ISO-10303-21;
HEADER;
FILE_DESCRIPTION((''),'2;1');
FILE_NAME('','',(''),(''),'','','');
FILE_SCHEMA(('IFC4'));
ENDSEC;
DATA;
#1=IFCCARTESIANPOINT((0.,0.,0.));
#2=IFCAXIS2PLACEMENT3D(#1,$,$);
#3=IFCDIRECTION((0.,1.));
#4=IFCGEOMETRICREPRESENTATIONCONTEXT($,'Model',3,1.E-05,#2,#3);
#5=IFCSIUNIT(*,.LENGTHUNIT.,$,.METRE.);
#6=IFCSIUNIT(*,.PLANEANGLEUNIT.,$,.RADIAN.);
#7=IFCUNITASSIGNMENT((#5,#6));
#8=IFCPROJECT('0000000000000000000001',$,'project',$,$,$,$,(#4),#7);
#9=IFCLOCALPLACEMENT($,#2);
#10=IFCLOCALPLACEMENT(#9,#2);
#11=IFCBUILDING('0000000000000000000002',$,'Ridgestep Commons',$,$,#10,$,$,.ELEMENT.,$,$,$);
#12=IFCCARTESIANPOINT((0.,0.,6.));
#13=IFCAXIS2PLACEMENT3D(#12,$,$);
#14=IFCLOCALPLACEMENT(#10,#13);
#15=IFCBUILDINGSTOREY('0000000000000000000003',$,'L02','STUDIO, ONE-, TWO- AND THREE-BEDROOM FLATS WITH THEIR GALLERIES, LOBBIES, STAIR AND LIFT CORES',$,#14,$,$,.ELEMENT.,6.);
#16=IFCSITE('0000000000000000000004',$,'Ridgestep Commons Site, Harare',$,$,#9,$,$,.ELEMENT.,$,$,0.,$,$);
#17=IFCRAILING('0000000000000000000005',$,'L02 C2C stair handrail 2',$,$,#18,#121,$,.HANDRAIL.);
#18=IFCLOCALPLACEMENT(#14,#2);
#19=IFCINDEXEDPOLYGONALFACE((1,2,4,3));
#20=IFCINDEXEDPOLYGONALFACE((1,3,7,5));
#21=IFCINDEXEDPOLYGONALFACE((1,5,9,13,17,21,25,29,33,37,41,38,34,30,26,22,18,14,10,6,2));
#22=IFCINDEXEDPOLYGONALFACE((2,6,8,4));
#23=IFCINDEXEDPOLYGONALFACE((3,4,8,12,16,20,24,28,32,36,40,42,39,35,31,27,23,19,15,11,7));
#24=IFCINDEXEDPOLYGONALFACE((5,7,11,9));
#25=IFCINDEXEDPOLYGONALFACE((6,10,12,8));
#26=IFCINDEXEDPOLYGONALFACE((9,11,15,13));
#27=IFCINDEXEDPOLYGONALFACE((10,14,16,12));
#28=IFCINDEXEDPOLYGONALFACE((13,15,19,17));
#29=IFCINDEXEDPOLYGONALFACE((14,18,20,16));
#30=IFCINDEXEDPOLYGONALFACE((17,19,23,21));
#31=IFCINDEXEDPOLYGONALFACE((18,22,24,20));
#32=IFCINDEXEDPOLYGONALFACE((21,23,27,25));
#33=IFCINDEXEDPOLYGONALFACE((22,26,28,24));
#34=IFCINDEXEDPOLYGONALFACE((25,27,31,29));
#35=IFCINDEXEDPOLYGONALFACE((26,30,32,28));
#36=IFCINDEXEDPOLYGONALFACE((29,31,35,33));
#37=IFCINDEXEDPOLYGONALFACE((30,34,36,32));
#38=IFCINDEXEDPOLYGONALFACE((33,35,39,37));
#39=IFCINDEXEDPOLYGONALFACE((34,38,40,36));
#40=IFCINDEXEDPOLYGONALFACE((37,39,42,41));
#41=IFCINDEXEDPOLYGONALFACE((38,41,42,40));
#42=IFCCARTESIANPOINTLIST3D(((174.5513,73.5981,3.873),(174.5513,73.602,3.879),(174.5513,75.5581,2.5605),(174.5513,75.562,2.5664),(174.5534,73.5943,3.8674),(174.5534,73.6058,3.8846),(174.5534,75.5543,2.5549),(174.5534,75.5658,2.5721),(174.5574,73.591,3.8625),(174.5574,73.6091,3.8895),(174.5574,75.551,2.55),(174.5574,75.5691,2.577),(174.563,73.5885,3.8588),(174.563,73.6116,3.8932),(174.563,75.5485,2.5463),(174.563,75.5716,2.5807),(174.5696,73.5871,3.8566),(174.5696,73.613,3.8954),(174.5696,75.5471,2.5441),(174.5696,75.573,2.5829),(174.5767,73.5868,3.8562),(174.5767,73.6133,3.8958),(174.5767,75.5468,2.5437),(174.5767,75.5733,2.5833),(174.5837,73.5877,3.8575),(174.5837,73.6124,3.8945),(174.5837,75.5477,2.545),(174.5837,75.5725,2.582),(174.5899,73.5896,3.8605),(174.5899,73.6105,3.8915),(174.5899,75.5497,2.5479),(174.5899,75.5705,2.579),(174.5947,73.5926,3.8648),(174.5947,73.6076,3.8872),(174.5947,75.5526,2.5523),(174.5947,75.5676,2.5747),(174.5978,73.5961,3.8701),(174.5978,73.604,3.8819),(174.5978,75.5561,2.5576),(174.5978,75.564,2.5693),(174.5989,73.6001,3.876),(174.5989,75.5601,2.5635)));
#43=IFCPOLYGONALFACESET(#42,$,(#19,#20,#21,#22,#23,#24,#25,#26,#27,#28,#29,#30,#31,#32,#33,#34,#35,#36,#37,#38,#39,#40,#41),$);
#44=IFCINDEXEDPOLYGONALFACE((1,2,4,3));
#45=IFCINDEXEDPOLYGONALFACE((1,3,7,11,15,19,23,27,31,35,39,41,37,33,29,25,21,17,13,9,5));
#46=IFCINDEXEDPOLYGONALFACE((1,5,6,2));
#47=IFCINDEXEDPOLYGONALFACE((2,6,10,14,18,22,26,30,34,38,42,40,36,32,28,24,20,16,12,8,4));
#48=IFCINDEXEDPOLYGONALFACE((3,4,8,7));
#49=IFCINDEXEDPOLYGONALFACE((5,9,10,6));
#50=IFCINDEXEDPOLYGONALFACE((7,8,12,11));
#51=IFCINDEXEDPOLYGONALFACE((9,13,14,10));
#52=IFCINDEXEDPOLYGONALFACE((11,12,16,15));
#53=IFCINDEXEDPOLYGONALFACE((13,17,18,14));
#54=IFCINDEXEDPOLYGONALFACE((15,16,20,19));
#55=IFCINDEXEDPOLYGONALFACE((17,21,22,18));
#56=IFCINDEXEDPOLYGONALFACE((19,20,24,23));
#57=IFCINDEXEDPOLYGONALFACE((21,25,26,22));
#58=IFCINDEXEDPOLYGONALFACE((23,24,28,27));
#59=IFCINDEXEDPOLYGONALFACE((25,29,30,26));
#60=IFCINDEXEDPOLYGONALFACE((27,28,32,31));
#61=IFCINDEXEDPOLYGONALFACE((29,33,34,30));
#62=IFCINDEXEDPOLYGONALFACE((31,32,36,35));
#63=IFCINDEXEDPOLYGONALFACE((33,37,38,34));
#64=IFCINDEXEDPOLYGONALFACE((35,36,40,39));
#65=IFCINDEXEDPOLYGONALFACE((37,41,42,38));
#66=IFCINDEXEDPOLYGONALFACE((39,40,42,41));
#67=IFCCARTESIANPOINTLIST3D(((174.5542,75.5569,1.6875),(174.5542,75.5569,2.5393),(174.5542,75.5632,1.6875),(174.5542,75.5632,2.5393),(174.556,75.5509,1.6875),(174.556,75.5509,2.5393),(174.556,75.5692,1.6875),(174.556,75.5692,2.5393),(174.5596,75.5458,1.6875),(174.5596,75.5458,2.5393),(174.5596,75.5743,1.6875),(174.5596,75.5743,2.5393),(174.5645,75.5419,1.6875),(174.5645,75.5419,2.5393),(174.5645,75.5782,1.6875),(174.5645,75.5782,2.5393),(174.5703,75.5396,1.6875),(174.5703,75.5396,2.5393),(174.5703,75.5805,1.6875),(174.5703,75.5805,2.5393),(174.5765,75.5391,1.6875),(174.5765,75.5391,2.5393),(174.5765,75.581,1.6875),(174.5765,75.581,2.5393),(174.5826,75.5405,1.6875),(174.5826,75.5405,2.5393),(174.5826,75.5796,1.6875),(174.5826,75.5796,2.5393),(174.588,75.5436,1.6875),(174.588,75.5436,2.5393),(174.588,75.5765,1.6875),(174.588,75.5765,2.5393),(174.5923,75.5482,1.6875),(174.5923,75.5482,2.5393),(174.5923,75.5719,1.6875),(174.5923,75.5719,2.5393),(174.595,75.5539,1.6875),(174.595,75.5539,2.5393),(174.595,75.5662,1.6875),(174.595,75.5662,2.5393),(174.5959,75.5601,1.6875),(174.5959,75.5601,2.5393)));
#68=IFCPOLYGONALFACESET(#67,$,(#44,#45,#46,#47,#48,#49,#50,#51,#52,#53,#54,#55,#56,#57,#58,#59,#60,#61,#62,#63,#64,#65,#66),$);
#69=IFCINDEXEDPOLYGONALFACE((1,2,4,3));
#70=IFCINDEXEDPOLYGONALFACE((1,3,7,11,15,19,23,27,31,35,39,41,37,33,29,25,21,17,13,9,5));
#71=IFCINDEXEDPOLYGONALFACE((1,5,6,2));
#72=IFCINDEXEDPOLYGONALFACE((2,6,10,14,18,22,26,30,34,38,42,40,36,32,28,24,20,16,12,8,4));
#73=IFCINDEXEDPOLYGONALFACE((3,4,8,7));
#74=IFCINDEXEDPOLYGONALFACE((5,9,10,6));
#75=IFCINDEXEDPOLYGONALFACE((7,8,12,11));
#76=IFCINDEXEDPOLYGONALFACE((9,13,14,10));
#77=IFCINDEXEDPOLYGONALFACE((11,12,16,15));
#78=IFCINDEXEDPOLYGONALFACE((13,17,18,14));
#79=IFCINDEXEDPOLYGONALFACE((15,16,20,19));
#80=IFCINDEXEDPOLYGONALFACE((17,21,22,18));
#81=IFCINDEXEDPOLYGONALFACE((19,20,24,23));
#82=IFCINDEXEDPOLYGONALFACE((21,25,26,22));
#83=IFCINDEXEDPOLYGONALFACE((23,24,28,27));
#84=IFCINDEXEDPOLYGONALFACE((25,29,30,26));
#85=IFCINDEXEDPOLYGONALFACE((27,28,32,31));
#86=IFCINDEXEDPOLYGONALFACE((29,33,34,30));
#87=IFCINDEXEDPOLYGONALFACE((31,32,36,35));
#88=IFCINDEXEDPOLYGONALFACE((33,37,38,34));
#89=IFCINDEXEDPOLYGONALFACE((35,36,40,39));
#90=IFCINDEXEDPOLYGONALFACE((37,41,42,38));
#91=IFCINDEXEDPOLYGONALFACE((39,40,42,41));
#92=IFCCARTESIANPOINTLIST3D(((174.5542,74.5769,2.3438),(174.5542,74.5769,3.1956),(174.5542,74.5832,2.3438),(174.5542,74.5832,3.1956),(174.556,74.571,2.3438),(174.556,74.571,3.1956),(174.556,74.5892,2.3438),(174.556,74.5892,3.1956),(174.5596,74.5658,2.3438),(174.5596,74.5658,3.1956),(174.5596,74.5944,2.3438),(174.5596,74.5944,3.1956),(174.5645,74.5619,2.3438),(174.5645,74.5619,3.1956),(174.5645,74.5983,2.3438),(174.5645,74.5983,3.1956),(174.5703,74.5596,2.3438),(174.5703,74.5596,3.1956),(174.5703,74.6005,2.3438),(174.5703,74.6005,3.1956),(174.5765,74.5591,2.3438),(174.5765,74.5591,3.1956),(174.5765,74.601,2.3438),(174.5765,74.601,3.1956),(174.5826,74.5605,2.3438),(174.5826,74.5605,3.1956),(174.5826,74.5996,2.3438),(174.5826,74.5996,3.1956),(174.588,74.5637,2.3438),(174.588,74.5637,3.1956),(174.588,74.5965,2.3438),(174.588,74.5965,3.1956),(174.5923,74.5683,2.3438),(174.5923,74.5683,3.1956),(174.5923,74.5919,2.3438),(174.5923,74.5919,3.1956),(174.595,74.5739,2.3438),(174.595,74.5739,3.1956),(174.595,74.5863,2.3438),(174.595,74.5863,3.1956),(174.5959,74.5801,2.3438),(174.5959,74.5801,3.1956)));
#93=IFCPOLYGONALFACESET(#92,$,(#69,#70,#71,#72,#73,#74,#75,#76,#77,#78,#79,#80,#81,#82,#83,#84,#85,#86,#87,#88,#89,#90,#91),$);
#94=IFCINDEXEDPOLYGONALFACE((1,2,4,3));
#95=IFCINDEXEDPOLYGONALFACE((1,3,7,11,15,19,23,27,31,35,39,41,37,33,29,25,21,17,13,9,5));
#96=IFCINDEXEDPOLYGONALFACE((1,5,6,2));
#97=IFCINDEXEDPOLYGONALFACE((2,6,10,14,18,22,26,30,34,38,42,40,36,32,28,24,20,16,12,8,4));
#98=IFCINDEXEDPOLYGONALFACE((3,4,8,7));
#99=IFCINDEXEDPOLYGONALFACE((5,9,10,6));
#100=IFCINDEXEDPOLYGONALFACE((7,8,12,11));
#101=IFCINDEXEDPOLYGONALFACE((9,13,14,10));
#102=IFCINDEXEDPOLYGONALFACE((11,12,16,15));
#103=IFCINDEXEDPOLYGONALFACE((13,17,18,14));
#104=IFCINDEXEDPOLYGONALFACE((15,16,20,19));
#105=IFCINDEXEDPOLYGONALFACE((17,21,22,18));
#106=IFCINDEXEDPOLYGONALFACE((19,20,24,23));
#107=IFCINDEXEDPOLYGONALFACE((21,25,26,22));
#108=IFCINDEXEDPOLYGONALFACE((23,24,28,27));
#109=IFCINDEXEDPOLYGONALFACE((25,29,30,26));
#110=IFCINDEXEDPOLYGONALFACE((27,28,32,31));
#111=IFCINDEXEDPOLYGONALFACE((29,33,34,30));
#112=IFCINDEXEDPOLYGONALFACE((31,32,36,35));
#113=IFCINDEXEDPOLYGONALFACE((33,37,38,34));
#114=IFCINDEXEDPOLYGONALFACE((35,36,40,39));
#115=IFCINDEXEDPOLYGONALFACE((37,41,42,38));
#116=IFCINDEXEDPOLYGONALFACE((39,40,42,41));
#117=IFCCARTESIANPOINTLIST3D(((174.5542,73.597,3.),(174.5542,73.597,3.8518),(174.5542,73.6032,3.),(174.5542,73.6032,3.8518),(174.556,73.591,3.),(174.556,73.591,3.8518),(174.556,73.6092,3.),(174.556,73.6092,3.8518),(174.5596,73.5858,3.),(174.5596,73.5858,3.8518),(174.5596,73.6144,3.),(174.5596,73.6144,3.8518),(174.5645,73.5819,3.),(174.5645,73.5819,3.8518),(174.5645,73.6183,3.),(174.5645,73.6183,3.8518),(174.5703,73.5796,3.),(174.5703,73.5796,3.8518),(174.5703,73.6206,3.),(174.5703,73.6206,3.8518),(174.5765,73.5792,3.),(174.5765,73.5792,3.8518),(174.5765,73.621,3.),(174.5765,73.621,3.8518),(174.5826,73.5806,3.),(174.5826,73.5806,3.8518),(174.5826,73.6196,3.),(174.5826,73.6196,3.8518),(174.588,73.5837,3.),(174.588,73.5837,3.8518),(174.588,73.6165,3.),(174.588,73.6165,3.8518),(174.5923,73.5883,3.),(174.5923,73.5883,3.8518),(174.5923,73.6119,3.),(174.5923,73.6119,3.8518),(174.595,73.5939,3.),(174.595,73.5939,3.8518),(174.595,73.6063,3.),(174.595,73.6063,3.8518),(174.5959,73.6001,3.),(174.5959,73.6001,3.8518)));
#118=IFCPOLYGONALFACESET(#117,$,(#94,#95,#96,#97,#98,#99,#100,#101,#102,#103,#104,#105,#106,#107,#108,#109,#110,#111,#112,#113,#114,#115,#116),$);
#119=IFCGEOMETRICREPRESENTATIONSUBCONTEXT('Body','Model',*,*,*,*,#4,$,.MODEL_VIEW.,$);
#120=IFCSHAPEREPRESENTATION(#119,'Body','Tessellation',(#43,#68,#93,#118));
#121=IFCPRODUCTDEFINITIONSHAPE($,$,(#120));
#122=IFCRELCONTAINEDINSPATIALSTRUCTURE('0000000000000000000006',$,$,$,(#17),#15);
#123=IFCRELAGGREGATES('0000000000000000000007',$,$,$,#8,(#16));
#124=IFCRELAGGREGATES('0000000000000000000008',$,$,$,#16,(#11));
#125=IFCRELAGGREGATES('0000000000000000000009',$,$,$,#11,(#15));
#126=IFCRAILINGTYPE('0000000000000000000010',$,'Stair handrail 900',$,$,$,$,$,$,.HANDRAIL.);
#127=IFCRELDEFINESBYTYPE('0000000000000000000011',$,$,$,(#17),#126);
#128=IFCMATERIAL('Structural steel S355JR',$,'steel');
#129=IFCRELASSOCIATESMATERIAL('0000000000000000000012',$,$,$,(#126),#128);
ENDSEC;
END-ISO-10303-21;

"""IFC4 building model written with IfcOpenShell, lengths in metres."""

from ifc_helpers import new_model, si_unit, direction, frame, origin, origin_2d, place, context, subcontext, project, spatial, circle, extrude, material, type_object, element, save


model = new_model("IFC4")

# Units and contexts
model_context = context("Model", 3, precision=1e-05, world=origin(), true_north=direction((0.0, 1.0)))
body_context = subcontext(model_context, "Body", "Model", "MODEL_VIEW")
ifc_project = project(units=[si_unit("LENGTHUNIT", "METRE"), si_unit("PLANEANGLEUNIT", "RADIAN")], contexts=[model_context])

# Site, building, storey
site_placement = place(None, origin())
site = spatial("IfcSite", under=ifc_project, at=site_placement, Name="Ridgestep Commons Site, Harare", CompositionType="ELEMENT", RefElevation=0.0)
building_placement = place(site_placement, origin())
building = spatial("IfcBuilding", under=site, at=building_placement, Name="Ridgestep Commons", CompositionType="ELEMENT")
storey_placement = place(building_placement, frame((0.0, 0.0, 6.0)))
storey = spatial("IfcBuildingStorey", under=building, at=storey_placement, Name="L02", Description="STUDIO, ONE-, TWO- AND THREE-BEDROOM FLATS WITH THEIR GALLERIES, LOBBIES, STAIR AND LIFT CORES", CompositionType="ELEMENT", Elevation=6.0)

# Railing
ifc_material_1 = material(Name="Structural steel S355JR", Category="steel")
railing_type_1 = type_object("IfcRailingType", Name="Stair handrail 900", PredefinedType="HANDRAIL", material=ifc_material_1)
railing_1_placement = place(storey_placement, frame((174.575, 75.5601, 1.6875)))
element("IfcRailing", 1, at=railing_1_placement, inside=storey, type_object=railing_type_1, Name="L02 C2C stair handrail 2", PredefinedType="HANDRAIL", context=body_context, shape_type="SweptSolid", body=[
    extrude(circle(Radius=0.0239, at=origin_2d()), frame((0.0, 0.0, 0.876), z_axis=(0.0, -0.830902, 0.556419), x_axis=(1.0, 0.0, 0.0)), (0.0, 0.0, 1.0), 2.3589),
    extrude(circle(Radius=0.021, at=origin_2d()), origin(), (0.0, 0.0, 1.0), 0.8518),
    extrude(circle(Radius=0.021, at=origin_2d()), frame((0.0, -0.98, 0.6562)), (0.0, 0.0, 1.0), 0.8518),
    extrude(circle(Radius=0.021, at=origin_2d()), frame((0.0, -1.96, 1.3125)), (0.0, 0.0, 1.0), 0.8518),
])

save(model, "model.ifc")
